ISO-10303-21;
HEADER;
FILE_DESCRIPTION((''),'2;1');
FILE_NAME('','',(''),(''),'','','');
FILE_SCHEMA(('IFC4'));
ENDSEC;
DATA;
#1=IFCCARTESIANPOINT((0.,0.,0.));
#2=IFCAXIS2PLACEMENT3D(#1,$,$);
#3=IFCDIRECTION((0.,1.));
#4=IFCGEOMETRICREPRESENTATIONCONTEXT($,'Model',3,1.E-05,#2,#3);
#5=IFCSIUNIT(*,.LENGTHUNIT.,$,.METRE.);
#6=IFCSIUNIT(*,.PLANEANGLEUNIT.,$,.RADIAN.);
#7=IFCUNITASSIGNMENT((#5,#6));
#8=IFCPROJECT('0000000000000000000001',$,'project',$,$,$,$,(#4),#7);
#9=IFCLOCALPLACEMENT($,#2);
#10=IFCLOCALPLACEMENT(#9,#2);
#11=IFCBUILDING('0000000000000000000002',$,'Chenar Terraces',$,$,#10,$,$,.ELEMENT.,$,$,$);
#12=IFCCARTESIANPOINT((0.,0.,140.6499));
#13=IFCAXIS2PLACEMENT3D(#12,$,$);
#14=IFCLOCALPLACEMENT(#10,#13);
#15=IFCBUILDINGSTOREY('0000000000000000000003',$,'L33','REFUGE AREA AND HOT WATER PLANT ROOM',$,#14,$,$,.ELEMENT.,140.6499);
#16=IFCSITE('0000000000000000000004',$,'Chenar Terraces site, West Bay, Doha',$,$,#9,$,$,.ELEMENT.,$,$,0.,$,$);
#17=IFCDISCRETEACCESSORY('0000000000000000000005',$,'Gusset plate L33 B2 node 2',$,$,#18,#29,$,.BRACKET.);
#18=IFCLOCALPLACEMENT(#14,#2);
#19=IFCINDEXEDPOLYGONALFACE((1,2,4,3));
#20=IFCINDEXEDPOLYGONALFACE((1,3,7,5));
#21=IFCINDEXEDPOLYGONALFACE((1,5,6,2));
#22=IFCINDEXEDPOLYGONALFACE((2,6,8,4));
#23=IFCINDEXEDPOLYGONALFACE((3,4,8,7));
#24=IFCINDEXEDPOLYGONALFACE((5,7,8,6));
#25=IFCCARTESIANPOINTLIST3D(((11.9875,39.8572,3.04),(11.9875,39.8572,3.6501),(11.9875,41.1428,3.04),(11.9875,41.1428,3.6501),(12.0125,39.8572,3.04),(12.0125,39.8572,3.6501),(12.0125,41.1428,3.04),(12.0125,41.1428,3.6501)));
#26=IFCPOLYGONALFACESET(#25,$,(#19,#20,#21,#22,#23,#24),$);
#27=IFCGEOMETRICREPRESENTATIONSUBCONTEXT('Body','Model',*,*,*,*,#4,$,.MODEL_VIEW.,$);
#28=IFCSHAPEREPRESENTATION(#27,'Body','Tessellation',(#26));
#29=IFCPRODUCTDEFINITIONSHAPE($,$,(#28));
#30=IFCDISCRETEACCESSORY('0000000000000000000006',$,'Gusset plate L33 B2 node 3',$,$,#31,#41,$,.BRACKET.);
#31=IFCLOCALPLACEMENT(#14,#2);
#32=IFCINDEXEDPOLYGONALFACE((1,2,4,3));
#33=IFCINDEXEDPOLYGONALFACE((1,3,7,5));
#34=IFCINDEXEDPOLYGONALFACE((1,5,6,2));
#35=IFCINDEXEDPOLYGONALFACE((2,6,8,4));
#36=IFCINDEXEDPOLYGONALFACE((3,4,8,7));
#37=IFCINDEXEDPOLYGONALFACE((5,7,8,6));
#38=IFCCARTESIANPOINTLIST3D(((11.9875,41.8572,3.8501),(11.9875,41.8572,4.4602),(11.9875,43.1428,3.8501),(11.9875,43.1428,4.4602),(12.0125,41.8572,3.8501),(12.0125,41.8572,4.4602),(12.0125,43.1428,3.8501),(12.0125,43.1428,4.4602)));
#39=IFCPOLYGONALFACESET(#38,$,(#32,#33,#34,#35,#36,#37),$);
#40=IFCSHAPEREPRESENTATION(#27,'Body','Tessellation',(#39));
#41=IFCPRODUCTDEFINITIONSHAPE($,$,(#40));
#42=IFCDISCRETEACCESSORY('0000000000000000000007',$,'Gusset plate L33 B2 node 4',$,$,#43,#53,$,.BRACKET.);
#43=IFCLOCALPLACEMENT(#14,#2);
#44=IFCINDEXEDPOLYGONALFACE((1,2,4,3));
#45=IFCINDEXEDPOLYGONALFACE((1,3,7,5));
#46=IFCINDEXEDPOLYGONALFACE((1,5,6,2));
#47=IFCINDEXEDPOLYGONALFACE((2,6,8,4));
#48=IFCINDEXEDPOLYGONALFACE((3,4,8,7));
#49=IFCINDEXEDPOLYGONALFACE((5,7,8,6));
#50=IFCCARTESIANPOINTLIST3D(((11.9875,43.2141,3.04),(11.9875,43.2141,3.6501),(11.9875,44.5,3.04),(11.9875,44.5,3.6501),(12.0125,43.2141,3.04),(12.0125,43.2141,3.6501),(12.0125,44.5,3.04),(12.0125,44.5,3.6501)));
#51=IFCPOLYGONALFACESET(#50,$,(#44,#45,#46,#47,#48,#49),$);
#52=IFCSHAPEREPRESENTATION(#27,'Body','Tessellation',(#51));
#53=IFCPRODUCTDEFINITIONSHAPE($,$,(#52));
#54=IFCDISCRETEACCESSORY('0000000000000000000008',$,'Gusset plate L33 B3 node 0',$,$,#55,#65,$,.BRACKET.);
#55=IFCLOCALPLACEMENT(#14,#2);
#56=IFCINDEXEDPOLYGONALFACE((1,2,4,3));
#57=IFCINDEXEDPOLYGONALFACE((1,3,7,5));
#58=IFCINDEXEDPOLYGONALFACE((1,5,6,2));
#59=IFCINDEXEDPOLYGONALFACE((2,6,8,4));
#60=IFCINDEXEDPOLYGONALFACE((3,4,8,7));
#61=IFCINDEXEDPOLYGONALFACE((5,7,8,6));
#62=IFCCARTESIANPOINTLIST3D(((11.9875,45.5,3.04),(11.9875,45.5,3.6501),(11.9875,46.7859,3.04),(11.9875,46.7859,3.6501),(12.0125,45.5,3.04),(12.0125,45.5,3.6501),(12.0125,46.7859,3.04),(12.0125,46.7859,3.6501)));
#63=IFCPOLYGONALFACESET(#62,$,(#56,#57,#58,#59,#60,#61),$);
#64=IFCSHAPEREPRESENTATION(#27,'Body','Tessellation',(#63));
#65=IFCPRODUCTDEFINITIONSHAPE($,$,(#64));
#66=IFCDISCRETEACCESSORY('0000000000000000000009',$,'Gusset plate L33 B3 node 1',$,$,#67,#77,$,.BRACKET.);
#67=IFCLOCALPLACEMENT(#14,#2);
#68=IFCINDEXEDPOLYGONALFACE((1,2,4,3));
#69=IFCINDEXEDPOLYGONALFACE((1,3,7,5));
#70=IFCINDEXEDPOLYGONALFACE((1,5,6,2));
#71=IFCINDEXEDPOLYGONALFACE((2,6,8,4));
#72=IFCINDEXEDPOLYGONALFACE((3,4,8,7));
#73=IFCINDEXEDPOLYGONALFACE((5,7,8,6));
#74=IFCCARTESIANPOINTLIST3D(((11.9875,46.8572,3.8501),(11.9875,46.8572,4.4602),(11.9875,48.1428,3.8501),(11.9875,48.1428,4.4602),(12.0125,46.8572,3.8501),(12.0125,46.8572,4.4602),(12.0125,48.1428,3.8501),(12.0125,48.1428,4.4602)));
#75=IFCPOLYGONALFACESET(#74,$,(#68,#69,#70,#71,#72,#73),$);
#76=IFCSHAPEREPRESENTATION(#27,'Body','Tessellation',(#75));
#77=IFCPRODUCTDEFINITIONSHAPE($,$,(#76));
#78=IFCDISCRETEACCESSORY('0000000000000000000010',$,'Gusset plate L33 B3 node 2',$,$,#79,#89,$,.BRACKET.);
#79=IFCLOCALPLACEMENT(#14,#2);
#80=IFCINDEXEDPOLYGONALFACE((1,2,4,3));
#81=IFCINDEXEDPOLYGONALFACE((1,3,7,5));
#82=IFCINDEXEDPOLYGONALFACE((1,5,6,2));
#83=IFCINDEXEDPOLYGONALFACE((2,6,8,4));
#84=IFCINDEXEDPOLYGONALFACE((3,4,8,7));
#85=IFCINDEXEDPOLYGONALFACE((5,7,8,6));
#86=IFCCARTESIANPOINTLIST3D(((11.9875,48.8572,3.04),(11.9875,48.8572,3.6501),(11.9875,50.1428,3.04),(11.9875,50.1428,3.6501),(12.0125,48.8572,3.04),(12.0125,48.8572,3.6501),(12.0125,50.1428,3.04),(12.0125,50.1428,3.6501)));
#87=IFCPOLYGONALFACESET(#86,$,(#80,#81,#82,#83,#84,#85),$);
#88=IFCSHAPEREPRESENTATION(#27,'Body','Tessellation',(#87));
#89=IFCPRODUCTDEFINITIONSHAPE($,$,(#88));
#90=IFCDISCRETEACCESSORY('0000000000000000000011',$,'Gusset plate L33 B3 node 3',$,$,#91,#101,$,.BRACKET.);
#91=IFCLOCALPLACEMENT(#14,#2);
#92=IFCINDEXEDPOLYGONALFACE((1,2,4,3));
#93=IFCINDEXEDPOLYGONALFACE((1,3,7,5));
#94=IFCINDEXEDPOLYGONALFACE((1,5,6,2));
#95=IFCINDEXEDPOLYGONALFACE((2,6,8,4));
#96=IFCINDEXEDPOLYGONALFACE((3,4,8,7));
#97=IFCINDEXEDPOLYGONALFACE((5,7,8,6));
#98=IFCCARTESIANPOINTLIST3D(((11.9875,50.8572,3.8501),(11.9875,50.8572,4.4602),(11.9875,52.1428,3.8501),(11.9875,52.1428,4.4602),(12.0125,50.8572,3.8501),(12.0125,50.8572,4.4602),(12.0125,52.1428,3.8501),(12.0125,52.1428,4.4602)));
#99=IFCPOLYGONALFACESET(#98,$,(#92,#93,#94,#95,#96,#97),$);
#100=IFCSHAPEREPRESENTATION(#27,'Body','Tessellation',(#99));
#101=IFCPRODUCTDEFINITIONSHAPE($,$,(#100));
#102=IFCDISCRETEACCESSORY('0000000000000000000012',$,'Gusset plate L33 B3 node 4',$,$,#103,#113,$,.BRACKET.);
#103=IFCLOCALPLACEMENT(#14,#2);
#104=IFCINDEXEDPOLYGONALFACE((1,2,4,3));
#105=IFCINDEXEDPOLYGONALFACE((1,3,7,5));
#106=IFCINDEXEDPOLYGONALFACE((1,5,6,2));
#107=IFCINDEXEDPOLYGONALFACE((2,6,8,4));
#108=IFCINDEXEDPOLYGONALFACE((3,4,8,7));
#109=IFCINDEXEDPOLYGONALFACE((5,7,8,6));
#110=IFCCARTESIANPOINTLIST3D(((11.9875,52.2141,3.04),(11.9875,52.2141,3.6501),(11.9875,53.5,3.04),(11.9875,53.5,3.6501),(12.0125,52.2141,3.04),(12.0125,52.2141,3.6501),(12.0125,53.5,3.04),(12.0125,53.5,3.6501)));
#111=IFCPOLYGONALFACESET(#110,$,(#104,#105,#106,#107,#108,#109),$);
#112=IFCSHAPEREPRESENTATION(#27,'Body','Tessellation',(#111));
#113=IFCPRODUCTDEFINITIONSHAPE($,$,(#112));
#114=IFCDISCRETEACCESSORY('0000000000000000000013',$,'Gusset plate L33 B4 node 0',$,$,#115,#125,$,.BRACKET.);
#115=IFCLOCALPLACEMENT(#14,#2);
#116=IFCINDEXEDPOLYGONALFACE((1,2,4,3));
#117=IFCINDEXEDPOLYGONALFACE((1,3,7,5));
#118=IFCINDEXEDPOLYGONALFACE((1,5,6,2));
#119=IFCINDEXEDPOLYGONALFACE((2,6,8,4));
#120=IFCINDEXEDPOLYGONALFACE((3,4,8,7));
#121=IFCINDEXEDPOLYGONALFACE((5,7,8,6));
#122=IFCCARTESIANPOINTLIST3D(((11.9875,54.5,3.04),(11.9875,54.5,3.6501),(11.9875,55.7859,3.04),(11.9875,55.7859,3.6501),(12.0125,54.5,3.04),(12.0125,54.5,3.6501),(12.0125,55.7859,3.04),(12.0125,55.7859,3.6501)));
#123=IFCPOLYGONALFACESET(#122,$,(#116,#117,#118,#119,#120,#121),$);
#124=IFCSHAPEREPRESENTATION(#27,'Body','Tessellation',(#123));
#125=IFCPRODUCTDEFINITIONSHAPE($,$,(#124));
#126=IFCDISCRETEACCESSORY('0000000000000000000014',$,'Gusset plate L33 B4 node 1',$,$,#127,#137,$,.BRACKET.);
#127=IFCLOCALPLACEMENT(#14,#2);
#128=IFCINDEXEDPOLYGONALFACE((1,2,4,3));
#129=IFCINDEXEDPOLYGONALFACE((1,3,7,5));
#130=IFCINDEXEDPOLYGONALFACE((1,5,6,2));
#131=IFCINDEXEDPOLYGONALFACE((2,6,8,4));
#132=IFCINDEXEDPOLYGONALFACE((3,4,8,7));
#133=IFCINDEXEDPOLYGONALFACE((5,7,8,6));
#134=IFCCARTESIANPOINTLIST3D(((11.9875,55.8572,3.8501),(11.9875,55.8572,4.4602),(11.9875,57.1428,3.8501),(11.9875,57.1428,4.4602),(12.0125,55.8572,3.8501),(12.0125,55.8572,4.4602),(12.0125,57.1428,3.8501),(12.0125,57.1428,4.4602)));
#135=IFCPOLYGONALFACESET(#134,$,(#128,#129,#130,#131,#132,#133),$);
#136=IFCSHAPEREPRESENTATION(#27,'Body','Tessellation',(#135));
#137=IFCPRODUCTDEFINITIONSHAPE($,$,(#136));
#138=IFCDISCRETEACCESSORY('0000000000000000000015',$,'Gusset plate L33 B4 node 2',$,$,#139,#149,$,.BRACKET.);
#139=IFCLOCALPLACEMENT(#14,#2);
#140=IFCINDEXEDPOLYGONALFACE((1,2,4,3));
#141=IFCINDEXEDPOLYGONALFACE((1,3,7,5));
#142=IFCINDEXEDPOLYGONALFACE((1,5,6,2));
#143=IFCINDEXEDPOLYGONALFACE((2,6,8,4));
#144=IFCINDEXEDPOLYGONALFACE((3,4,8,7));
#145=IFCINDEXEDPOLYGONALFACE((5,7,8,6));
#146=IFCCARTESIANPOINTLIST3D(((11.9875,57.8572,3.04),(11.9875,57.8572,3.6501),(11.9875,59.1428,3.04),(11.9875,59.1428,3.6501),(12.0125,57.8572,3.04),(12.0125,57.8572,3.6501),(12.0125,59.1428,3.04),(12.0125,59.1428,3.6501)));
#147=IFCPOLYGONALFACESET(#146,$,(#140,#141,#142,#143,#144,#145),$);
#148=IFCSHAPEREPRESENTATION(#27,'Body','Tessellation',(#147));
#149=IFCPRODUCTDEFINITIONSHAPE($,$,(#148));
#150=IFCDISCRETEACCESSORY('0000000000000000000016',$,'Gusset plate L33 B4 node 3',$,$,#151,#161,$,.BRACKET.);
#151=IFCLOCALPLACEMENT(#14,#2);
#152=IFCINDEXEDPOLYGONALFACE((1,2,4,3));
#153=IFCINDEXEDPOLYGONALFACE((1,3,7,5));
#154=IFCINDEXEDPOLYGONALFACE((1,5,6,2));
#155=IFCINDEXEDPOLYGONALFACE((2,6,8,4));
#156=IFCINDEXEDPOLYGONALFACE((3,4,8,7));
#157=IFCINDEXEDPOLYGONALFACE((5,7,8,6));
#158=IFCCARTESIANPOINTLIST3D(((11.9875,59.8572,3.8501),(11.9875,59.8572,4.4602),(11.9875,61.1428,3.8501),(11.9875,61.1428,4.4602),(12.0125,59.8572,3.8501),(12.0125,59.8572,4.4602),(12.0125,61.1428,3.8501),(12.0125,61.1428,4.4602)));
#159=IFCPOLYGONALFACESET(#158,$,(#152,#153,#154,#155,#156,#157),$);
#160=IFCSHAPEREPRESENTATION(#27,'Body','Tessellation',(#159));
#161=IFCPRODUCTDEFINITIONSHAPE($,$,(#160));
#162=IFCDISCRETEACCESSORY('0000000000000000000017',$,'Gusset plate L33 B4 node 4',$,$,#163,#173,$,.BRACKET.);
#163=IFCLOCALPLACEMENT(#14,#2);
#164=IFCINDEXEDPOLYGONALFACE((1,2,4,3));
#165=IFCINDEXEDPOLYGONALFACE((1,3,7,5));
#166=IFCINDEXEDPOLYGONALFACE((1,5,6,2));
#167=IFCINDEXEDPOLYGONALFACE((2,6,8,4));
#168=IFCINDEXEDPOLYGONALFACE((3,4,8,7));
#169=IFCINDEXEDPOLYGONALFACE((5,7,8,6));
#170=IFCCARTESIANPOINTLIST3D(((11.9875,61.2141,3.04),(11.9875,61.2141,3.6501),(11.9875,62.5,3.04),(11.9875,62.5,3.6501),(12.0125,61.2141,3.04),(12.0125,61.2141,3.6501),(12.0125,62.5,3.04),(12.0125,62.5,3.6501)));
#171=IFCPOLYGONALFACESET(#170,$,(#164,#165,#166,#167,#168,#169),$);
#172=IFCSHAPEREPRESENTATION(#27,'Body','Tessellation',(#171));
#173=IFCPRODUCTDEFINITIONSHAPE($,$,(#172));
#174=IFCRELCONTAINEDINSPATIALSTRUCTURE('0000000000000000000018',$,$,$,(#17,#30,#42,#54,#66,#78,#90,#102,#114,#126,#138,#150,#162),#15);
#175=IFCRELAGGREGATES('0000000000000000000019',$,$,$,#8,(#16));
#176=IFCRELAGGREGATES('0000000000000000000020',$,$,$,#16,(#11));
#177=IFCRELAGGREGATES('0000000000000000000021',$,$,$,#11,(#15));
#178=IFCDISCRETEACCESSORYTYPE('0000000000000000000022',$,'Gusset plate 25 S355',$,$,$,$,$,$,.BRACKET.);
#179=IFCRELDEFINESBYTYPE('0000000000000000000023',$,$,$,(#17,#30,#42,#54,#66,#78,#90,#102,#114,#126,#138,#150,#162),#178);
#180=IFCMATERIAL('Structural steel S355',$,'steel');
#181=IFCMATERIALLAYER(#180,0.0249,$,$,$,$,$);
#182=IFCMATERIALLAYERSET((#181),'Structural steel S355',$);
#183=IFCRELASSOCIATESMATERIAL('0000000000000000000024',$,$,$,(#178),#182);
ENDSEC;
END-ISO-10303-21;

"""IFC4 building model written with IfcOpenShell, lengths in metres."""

from ifc_helpers import new_model, si_unit, direction, frame, origin, place, context, subcontext, project, spatial, polyline, outline, extrude, material, layer, layer_set, type_object, element, save


model = new_model("IFC4")

# Units and contexts
model_context = context("Model", 3, precision=1e-05, world=origin(), true_north=direction((0.0, 1.0)))
body_context = subcontext(model_context, "Body", "Model", "MODEL_VIEW")
ifc_project = project(units=[si_unit("LENGTHUNIT", "METRE"), si_unit("PLANEANGLEUNIT", "RADIAN")], contexts=[model_context])

# Site, building, storey
site_placement = place(None, origin())
site = spatial("IfcSite", under=ifc_project, at=site_placement, Name="Chenar Terraces site, West Bay, Doha", CompositionType="ELEMENT", RefElevation=0.0)
building_placement = place(site_placement, origin())
building = spatial("IfcBuilding", under=site, at=building_placement, Name="Chenar Terraces", CompositionType="ELEMENT")
storey_placement = place(building_placement, frame((0.0, 0.0, 140.6499)))
storey = spatial("IfcBuildingStorey", under=building, at=storey_placement, Name="L33", Description="REFUGE AREA AND HOT WATER PLANT ROOM", CompositionType="ELEMENT", Elevation=140.6499)

# Discrete accessories
ifc_material_1 = material(Name="Structural steel S355", Category="steel")
ifc_layer_1 = layer(ifc_material_1, 0.0249)
ifc_layer_set_1 = layer_set([ifc_layer_1], Name="Structural steel S355")
discrete_accessory_type = type_object("IfcDiscreteAccessoryType", Name="Gusset plate 25 S355", PredefinedType="BRACKET", material=ifc_layer_set_1)
placement_1 = place(storey_placement, frame((0.0, 0.0, 3.8501)))
placement_2 = place(storey_placement, frame((0.0, 0.0, 3.04)))
element("IfcDiscreteAccessory", 1, at=placement_2, inside=storey, type_object=discrete_accessory_type, Name="Gusset plate L33 B2 node 2", PredefinedType="BRACKET", context=body_context, shape_type="SweptSolid", body=[
    extrude(outline(polyline([(12.0125, 39.8572), (12.0125, 41.1428), (11.9875, 41.1428), (11.9875, 39.8572), (12.0125, 39.8572)])), origin(), (0.0, 0.0, 1.0), 0.6101),
])
element("IfcDiscreteAccessory", 2, at=placement_1, inside=storey, type_object=discrete_accessory_type, Name="Gusset plate L33 B2 node 3", PredefinedType="BRACKET", context=body_context, shape_type="SweptSolid", body=[
    extrude(outline(polyline([(12.0125, 41.8572), (12.0125, 43.1428), (11.9875, 43.1428), (11.9875, 41.8572), (12.0125, 41.8572)])), origin(), (0.0, 0.0, 1.0), 0.6101),
])
element("IfcDiscreteAccessory", 3, at=placement_2, inside=storey, type_object=discrete_accessory_type, Name="Gusset plate L33 B2 node 4", PredefinedType="BRACKET", context=body_context, shape_type="SweptSolid", body=[
    extrude(outline(polyline([(12.0125, 43.2141), (12.0125, 44.5), (11.9875, 44.5), (11.9875, 43.2141), (12.0125, 43.2141)])), origin(), (0.0, 0.0, 1.0), 0.6101),
])
element("IfcDiscreteAccessory", 4, at=placement_2, inside=storey, type_object=discrete_accessory_type, Name="Gusset plate L33 B3 node 0", PredefinedType="BRACKET", context=body_context, shape_type="SweptSolid", body=[
    extrude(outline(polyline([(12.0125, 45.5), (12.0125, 46.7859), (11.9875, 46.7859), (11.9875, 45.5), (12.0125, 45.5)])), origin(), (0.0, 0.0, 1.0), 0.6101),
])
element("IfcDiscreteAccessory", 5, at=placement_1, inside=storey, type_object=discrete_accessory_type, Name="Gusset plate L33 B3 node 1", PredefinedType="BRACKET", context=body_context, shape_type="SweptSolid", body=[
    extrude(outline(polyline([(12.0125, 46.8572), (12.0125, 48.1428), (11.9875, 48.1428), (11.9875, 46.8572), (12.0125, 46.8572)])), origin(), (0.0, 0.0, 1.0), 0.6101),
])
element("IfcDiscreteAccessory", 6, at=placement_2, inside=storey, type_object=discrete_accessory_type, Name="Gusset plate L33 B3 node 2", PredefinedType="BRACKET", context=body_context, shape_type="SweptSolid", body=[
    extrude(outline(polyline([(12.0125, 48.8572), (12.0125, 50.1428), (11.9875, 50.1428), (11.9875, 48.8572), (12.0125, 48.8572)])), origin(), (0.0, 0.0, 1.0), 0.6101),
])
element("IfcDiscreteAccessory", 7, at=placement_1, inside=storey, type_object=discrete_accessory_type, Name="Gusset plate L33 B3 node 3", PredefinedType="BRACKET", context=body_context, shape_type="SweptSolid", body=[
    extrude(outline(polyline([(12.0125, 50.8572), (12.0125, 52.1428), (11.9875, 52.1428), (11.9875, 50.8572), (12.0125, 50.8572)])), origin(), (0.0, 0.0, 1.0), 0.6101),
])
element("IfcDiscreteAccessory", 8, at=placement_2, inside=storey, type_object=discrete_accessory_type, Name="Gusset plate L33 B3 node 4", PredefinedType="BRACKET", context=body_context, shape_type="SweptSolid", body=[
    extrude(outline(polyline([(12.0125, 52.2141), (12.0125, 53.5), (11.9875, 53.5), (11.9875, 52.2141), (12.0125, 52.2141)])), origin(), (0.0, 0.0, 1.0), 0.6101),
])
element("IfcDiscreteAccessory", 9, at=placement_2, inside=storey, type_object=discrete_accessory_type, Name="Gusset plate L33 B4 node 0", PredefinedType="BRACKET", context=body_context, shape_type="SweptSolid", body=[
    extrude(outline(polyline([(12.0125, 54.5), (12.0125, 55.7859), (11.9875, 55.7859), (11.9875, 54.5), (12.0125, 54.5)])), origin(), (0.0, 0.0, 1.0), 0.6101),
])
element("IfcDiscreteAccessory", 10, at=placement_1, inside=storey, type_object=discrete_accessory_type, Name="Gusset plate L33 B4 node 1", PredefinedType="BRACKET", context=body_context, shape_type="SweptSolid", body=[
    extrude(outline(polyline([(12.0125, 55.8572), (12.0125, 57.1428), (11.9875, 57.1428), (11.9875, 55.8572), (12.0125, 55.8572)])), origin(), (0.0, 0.0, 1.0), 0.6101),
])
element("IfcDiscreteAccessory", 11, at=placement_2, inside=storey, type_object=discrete_accessory_type, Name="Gusset plate L33 B4 node 2", PredefinedType="BRACKET", context=body_context, shape_type="SweptSolid", body=[
    extrude(outline(polyline([(12.0125, 57.8572), (12.0125, 59.1428), (11.9875, 59.1428), (11.9875, 57.8572), (12.0125, 57.8572)])), origin(), (0.0, 0.0, 1.0), 0.6101),
])
element("IfcDiscreteAccessory", 12, at=placement_1, inside=storey, type_object=discrete_accessory_type, Name="Gusset plate L33 B4 node 3", PredefinedType="BRACKET", context=body_context, shape_type="SweptSolid", body=[
    extrude(outline(polyline([(12.0125, 59.8572), (12.0125, 61.1428), (11.9875, 61.1428), (11.9875, 59.8572), (12.0125, 59.8572)])), origin(), (0.0, 0.0, 1.0), 0.6101),
])
element("IfcDiscreteAccessory", 13, at=placement_2, inside=storey, type_object=discrete_accessory_type, Name="Gusset plate L33 B4 node 4", PredefinedType="BRACKET", context=body_context, shape_type="SweptSolid", body=[
    extrude(outline(polyline([(12.0125, 61.2141), (12.0125, 62.5), (11.9875, 62.5), (11.9875, 61.2141), (12.0125, 61.2141)])), origin(), (0.0, 0.0, 1.0), 0.6101),
])

save(model, "model.ifc")
